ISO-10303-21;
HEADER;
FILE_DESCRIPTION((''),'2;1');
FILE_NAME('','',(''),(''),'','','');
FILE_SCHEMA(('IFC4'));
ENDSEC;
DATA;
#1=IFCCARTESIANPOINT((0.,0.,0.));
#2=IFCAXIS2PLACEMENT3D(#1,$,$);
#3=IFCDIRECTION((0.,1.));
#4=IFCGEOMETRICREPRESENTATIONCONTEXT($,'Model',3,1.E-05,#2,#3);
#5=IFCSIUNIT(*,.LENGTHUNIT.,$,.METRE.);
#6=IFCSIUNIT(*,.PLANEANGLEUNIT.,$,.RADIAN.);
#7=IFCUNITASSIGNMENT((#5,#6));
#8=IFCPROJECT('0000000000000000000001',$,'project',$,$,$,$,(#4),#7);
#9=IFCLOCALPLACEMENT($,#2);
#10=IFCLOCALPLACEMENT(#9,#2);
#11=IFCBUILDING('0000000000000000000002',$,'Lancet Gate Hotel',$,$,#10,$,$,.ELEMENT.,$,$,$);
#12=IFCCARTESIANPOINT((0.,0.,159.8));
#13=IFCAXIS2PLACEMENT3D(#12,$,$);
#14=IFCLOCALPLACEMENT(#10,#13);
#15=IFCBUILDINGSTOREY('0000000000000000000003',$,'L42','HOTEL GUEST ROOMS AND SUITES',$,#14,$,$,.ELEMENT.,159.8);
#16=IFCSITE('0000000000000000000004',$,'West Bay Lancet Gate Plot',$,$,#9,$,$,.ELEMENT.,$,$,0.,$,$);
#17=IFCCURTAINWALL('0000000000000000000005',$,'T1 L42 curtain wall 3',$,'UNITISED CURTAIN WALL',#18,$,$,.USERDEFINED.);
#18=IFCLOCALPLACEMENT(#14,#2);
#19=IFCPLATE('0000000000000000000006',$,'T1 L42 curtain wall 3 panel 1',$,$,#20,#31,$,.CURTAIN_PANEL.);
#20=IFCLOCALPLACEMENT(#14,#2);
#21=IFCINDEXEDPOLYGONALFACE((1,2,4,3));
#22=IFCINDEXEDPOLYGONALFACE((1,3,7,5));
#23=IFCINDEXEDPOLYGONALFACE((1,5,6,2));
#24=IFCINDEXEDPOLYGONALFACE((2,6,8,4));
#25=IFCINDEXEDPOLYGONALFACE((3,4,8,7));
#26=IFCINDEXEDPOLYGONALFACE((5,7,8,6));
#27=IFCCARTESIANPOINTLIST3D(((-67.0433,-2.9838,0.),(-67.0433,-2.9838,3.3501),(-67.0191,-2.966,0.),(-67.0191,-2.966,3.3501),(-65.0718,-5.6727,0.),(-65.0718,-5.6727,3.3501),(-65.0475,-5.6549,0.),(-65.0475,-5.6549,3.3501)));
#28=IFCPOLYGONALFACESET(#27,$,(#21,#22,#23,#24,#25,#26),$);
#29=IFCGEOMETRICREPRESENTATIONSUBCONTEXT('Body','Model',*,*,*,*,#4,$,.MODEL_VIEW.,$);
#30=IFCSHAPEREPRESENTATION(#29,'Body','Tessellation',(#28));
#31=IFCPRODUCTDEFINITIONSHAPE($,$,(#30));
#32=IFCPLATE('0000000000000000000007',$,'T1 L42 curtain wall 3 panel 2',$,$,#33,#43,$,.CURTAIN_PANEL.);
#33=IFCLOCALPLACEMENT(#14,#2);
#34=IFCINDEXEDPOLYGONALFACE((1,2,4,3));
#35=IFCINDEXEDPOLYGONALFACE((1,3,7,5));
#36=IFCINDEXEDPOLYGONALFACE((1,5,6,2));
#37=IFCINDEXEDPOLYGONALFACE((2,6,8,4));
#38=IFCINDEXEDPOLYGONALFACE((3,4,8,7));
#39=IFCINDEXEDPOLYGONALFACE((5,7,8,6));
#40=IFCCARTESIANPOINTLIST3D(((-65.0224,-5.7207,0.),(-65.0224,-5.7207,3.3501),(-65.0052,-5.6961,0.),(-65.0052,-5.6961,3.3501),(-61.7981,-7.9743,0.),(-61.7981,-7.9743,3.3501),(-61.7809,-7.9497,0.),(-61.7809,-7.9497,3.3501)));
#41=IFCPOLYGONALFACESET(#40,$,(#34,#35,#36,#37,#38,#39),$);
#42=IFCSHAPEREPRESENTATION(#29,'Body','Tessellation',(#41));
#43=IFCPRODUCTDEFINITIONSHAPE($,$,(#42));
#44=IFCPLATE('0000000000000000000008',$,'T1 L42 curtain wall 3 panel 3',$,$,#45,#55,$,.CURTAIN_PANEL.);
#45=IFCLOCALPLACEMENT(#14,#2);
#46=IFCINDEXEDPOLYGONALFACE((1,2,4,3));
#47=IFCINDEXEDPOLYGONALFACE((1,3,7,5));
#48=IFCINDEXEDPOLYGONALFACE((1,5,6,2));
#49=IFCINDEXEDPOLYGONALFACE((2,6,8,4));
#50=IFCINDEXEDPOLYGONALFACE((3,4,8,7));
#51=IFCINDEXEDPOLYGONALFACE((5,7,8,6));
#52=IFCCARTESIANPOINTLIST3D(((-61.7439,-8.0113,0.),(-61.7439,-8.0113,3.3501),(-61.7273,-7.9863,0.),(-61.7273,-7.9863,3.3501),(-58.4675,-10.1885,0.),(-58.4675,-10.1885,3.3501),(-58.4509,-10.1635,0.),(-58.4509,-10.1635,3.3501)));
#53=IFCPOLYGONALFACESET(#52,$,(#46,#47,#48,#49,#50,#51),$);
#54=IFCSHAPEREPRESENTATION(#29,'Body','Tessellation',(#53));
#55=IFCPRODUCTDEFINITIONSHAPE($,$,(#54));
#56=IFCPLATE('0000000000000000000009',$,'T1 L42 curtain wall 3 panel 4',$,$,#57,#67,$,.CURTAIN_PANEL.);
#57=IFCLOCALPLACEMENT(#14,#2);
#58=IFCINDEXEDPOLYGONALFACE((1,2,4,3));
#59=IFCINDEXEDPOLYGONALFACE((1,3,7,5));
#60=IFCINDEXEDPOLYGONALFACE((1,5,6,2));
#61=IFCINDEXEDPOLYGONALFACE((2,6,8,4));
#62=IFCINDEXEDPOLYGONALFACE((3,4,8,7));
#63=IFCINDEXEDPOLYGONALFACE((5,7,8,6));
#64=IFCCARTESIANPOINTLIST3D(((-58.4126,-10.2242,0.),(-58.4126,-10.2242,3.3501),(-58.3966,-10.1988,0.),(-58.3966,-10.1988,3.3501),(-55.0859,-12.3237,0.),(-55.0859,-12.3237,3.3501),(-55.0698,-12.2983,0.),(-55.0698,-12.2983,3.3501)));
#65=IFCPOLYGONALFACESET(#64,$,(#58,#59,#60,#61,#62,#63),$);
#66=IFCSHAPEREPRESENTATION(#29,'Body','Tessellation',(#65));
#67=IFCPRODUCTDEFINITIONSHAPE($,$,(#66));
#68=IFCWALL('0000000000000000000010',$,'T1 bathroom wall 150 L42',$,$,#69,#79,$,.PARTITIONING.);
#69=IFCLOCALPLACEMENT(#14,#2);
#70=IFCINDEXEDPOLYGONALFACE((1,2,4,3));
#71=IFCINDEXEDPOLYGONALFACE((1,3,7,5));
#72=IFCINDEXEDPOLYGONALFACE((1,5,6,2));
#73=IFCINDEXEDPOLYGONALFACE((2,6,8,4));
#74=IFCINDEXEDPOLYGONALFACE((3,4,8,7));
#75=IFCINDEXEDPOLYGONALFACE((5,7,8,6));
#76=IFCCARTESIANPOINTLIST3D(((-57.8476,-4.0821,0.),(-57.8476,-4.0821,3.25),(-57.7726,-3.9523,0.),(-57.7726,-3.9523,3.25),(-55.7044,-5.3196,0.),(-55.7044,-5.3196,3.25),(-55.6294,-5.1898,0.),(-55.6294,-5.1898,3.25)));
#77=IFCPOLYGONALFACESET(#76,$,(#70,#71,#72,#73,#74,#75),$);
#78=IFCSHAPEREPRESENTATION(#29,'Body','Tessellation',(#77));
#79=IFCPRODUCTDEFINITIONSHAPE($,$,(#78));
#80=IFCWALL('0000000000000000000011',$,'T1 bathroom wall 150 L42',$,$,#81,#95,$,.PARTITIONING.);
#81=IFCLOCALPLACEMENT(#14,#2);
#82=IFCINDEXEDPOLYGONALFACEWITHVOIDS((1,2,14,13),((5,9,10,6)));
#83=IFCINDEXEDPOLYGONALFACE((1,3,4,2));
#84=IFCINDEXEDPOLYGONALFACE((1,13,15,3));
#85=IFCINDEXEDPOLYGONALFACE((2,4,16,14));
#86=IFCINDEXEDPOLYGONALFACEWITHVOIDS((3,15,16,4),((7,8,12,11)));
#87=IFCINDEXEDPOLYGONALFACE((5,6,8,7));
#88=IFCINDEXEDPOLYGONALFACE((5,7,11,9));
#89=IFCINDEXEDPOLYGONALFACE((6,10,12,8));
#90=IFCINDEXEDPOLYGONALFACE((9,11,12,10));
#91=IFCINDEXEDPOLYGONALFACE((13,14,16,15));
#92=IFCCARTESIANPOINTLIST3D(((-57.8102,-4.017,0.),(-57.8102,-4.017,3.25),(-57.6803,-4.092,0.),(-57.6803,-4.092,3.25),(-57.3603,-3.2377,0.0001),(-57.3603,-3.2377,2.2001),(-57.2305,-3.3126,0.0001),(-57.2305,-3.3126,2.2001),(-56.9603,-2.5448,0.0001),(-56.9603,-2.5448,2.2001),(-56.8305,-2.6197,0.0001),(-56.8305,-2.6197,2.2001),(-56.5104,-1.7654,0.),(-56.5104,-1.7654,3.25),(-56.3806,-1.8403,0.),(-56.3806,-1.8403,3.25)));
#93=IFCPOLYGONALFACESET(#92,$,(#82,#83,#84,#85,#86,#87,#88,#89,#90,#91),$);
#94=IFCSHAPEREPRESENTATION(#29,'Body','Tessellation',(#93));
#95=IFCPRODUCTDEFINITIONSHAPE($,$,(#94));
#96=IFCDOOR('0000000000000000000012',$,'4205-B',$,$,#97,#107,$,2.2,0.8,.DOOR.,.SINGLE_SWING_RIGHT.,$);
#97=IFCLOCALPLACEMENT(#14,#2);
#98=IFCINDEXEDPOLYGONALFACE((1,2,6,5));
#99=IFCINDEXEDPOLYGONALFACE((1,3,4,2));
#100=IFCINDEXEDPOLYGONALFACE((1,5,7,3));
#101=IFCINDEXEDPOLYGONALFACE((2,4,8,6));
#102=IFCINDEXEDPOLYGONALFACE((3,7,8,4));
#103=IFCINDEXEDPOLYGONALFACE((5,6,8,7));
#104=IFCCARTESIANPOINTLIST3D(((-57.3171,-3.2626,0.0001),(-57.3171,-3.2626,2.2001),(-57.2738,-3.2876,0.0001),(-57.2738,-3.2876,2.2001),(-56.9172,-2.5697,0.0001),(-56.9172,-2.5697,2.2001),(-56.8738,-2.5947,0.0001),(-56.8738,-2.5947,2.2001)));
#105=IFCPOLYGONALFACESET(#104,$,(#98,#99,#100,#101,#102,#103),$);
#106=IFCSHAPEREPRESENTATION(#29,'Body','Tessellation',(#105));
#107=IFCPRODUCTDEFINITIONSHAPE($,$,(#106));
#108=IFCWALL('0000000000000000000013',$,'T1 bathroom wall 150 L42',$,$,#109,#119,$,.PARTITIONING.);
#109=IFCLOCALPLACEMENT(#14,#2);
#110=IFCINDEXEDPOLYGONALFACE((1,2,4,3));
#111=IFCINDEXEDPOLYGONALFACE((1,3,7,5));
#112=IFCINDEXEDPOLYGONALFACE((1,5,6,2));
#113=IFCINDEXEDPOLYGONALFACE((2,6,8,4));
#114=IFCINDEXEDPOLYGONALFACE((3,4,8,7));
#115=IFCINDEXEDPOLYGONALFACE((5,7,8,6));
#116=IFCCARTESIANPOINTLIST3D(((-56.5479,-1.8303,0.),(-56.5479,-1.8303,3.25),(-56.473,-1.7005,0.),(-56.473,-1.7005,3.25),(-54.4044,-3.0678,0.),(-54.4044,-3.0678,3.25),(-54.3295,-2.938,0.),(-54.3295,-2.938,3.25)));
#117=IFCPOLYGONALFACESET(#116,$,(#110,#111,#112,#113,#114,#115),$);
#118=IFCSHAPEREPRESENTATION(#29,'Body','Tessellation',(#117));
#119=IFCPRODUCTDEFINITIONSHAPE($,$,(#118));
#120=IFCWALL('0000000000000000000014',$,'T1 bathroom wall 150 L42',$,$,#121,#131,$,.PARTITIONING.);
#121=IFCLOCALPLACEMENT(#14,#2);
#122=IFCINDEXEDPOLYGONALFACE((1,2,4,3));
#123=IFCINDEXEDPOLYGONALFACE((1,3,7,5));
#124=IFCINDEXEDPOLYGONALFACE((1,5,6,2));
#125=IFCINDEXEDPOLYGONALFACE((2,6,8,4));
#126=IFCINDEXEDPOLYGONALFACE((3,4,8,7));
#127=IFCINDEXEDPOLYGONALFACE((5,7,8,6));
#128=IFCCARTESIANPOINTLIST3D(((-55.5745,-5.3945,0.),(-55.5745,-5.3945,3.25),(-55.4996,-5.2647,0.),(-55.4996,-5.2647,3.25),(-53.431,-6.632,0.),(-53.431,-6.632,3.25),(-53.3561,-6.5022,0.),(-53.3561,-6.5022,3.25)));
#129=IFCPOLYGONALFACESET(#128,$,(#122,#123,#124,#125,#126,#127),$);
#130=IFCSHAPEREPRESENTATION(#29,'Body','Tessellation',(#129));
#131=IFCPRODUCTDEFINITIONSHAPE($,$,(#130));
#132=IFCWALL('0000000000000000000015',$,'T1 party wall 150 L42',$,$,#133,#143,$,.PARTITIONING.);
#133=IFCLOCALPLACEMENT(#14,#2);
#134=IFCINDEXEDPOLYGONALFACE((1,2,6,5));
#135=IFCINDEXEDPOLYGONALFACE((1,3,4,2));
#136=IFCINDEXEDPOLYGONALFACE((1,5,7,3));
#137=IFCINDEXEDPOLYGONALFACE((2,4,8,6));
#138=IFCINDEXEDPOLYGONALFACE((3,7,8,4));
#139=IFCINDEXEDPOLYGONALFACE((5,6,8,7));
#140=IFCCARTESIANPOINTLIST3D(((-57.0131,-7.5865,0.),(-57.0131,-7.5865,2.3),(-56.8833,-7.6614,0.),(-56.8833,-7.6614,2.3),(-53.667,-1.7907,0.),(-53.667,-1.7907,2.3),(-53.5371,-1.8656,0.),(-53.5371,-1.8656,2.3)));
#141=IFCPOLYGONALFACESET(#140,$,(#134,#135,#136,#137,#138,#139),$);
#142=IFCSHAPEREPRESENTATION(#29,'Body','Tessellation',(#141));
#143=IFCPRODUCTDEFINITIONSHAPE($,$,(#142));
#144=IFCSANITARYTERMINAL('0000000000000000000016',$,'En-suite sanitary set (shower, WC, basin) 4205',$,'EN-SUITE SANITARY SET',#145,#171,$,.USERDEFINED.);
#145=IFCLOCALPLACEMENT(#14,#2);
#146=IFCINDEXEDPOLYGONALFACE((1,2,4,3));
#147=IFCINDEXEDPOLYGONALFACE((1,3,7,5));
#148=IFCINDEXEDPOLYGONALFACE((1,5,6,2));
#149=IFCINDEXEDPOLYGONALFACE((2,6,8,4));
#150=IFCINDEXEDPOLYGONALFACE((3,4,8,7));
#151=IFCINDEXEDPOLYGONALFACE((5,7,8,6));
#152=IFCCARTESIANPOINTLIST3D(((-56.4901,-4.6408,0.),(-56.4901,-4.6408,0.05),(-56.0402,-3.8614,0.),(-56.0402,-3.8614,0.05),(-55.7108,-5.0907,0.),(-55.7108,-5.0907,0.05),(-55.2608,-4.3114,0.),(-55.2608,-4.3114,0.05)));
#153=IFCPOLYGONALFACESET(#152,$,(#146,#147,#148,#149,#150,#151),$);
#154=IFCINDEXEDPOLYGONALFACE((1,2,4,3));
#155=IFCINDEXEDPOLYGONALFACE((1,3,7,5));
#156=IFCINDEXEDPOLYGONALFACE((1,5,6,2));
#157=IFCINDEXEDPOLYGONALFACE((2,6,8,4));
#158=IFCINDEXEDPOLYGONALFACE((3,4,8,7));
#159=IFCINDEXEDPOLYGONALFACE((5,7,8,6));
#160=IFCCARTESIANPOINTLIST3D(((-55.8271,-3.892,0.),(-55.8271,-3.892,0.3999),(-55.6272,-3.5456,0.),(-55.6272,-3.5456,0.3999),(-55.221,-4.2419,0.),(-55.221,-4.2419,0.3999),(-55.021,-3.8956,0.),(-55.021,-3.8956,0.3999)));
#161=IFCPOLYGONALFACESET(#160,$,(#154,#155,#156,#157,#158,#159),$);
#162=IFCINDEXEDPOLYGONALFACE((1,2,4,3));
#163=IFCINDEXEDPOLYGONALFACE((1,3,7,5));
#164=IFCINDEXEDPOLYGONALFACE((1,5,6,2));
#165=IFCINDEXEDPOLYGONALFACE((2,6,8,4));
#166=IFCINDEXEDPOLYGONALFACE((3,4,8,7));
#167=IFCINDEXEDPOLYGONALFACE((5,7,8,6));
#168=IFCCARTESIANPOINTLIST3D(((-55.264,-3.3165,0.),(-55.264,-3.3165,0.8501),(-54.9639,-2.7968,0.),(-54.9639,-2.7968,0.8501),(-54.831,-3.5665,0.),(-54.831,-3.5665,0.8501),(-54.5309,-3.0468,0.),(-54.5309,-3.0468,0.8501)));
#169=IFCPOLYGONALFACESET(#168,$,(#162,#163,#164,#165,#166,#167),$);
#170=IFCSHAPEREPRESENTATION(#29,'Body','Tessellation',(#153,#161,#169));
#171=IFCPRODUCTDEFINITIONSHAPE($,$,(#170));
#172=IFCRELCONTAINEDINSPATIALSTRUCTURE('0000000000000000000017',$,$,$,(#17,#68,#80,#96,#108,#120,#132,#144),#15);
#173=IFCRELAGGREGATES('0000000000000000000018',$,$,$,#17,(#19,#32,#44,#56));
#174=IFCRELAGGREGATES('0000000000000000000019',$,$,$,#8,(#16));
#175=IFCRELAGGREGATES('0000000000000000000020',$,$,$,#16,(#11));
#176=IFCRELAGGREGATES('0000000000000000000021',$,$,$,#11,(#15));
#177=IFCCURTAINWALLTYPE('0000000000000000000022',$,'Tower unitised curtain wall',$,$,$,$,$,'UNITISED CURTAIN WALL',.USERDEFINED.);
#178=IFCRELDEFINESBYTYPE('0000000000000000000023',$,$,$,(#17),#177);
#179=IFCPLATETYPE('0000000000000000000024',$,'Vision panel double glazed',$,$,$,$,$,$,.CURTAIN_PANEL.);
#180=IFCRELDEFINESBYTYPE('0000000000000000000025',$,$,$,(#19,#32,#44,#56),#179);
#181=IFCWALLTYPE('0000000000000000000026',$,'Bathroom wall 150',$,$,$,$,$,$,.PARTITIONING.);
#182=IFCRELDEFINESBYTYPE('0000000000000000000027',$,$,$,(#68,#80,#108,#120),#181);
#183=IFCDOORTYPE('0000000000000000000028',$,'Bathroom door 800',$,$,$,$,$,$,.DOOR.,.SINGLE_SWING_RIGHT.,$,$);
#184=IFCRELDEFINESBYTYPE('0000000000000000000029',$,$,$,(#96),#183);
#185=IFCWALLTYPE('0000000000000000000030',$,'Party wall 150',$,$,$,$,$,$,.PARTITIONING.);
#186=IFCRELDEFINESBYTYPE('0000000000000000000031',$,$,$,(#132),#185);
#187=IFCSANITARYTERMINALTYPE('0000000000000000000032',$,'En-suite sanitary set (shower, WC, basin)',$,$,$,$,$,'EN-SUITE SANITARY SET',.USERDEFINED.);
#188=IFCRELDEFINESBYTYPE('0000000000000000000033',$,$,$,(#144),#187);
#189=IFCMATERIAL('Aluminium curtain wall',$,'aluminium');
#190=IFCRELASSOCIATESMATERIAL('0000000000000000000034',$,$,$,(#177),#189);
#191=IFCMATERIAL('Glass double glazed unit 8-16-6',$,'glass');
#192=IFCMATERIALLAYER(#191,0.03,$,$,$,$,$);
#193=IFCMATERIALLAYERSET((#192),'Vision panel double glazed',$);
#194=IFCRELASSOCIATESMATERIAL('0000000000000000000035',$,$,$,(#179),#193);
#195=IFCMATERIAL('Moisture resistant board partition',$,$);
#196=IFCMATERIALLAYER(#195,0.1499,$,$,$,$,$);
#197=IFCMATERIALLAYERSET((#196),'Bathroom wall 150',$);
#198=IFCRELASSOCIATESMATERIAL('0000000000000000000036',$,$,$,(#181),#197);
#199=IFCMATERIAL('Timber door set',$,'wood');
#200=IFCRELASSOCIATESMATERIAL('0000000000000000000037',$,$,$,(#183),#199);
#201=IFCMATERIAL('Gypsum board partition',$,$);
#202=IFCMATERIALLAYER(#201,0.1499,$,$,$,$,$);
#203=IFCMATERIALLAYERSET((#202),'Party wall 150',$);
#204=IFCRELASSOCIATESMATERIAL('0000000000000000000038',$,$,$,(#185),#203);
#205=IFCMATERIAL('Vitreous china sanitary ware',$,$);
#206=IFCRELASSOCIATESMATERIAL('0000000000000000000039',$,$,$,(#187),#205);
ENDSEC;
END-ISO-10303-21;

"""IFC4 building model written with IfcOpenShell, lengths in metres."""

from ifc_helpers import new_model, si_unit, direction, frame, frame_2d, origin, origin_2d, place, context, subcontext, project, spatial, rectangle, extrude, material, layer, layer_set, type_object, element, fill, aggregate, save


model = new_model("IFC4")

# Units and contexts
model_context = context("Model", 3, precision=1e-05, world=origin(), true_north=direction((0.0, 1.0)))
body_context = subcontext(model_context, "Body", "Model", "MODEL_VIEW")
ifc_project = project(units=[si_unit("LENGTHUNIT", "METRE"), si_unit("PLANEANGLEUNIT", "RADIAN")], contexts=[model_context])

# Site, building, storey
site_placement = place(None, origin())
site = spatial("IfcSite", under=ifc_project, at=site_placement, Name="West Bay Lancet Gate Plot", CompositionType="ELEMENT", RefElevation=0.0)
building_placement = place(site_placement, origin())
building = spatial("IfcBuilding", under=site, at=building_placement, Name="Lancet Gate Hotel", CompositionType="ELEMENT")
storey_placement = place(building_placement, frame((0.0, 0.0, 159.8)))
storey = spatial("IfcBuildingStorey", under=building, at=storey_placement, Name="L42", Description="HOTEL GUEST ROOMS AND SUITES", CompositionType="ELEMENT", Elevation=159.8)

# Shared definitions
ifc_material_1 = material(Name="Aluminium curtain wall", Category="aluminium")
curtain_wall_type = type_object("IfcCurtainWallType", Name="Tower unitised curtain wall", ElementType="UNITISED CURTAIN WALL", PredefinedType="USERDEFINED", material=ifc_material_1)

# Curtain wall
curtain_wall_1_placement = place(storey_placement, origin())
curtain_wall_1 = element("IfcCurtainWall", 1, at=curtain_wall_1_placement, inside=storey, type_object=curtain_wall_type, Name="T1 L42 curtain wall 3", ObjectType="UNITISED CURTAIN WALL", PredefinedType="USERDEFINED")

# Plates
ifc_material_2 = material(Name="Glass double glazed unit 8-16-6", Category="glass")
ifc_layer_1 = layer(ifc_material_2, 0.03)
ifc_layer_set_1 = layer_set([ifc_layer_1], Name="Vision panel double glazed")
plate_type = type_object("IfcPlateType", Name="Vision panel double glazed", PredefinedType="CURTAIN_PANEL", material=ifc_layer_set_1)
plate_1_placement = place(storey_placement, frame((-66.0454, -4.3193, 0.0), z_axis=(0.0, 0.0, 1.0), x_axis=(0.5913, -0.806452, 0.0)))
plate_1 = element("IfcPlate", 2, at=plate_1_placement, type_object=plate_type, Name="T1 L42 curtain wall 3 panel 1", PredefinedType="CURTAIN_PANEL", context=body_context, shape_type="SweptSolid", body=[
    extrude(rectangle(XDim=3.3342, YDim=0.03, at=origin_2d()), origin(), (0.0, 0.0, 1.0), 3.3501),
])
plate_2_placement = place(storey_placement, frame((-63.4016, -6.8352, 0.0), z_axis=(0.0, 0.0, 1.0), x_axis=(0.819631, -0.572892, 0.0)))
plate_2 = element("IfcPlate", 3, at=plate_2_placement, type_object=plate_type, Name="T1 L42 curtain wall 3 panel 2", PredefinedType="CURTAIN_PANEL", context=body_context, shape_type="SweptSolid", body=[
    extrude(rectangle(XDim=3.9338, YDim=0.03, at=origin_2d()), origin(), (0.0, 0.0, 1.0), 3.3501),
])
plate_3_placement = place(storey_placement, frame((-60.0974, -9.0874, 0.0), z_axis=(0.0, 0.0, 1.0), x_axis=(0.832879, -0.553455, 0.0)))
plate_3 = element("IfcPlate", 4, at=plate_3_placement, type_object=plate_type, Name="T1 L42 curtain wall 3 panel 3", PredefinedType="CURTAIN_PANEL", context=body_context, shape_type="SweptSolid", body=[
    extrude(rectangle(XDim=3.9338, YDim=0.03, at=origin_2d()), origin(), (0.0, 0.0, 1.0), 3.3501),
])
plate_4_placement = place(storey_placement, frame((-56.7412, -11.2612, 0.0), z_axis=(0.0, 0.0, 1.0), x_axis=(0.845667, -0.533711, 0.0)))
plate_4 = element("IfcPlate", 5, at=plate_4_placement, type_object=plate_type, Name="T1 L42 curtain wall 3 panel 4", PredefinedType="CURTAIN_PANEL", context=body_context, shape_type="SweptSolid", body=[
    extrude(rectangle(XDim=3.9338, YDim=0.03, at=origin_2d()), origin(), (0.0, 0.0, 1.0), 3.3501),
])
aggregate(curtain_wall_1, [plate_1, plate_2, plate_3, plate_4])

# Wall
ifc_material_3 = material(Name="Moisture resistant board partition")
ifc_layer_2 = layer(ifc_material_3, 0.1499)
ifc_layer_set_2 = layer_set([ifc_layer_2], Name="Bathroom wall 150")
wall_type_1 = type_object("IfcWallType", Name="Bathroom wall 150", PredefinedType="PARTITIONING", material=ifc_layer_set_2)
wall_1_placement = place(storey_placement, frame((-55.667, -5.2546, 0.0), z_axis=(0.0, 0.0, 1.0), x_axis=(-0.866007, 0.500033, 0.0)))
element("IfcWall", 6, at=wall_1_placement, inside=storey, type_object=wall_type_1, Name="T1 bathroom wall 150 L42", PredefinedType="PARTITIONING", context=body_context, shape_type="SweptSolid", body=[
    extrude(rectangle(XDim=2.4749, YDim=0.1499, at=frame_2d((1.2373, 0.0))), origin(), (0.0, 0.0, 1.0), 3.25),
])

# Wall, opening, door
wall_2_placement = place(storey_placement, frame((-56.4456, -1.803, 0.0), z_axis=(0.0, 0.0, 1.0), x_axis=(-0.499937, -0.866062, 0.0)))
wall_2 = element("IfcWall", 7, at=wall_2_placement, inside=storey, type_object=wall_type_1, Name="T1 bathroom wall 150 L42", PredefinedType="PARTITIONING", context=body_context, shape_type="SweptSolid", body=[
    extrude(rectangle(XDim=2.5999, YDim=0.1499, at=frame_2d((1.2998, 0.0))), origin(), (0.0, 0.0, 1.0), 3.25),
])
opening_placement = place(wall_2_placement, frame((0.8999, 0.0, 0.0)))
opening = element("IfcOpeningElement", 8, at=opening_placement, cuts=wall_2, PredefinedType="OPENING", context=body_context, shape_type="SweptSolid", body=[
    extrude(rectangle(XDim=0.8, YDim=2.2, at=frame_2d((0.3999, 1.1001))), frame((0.0, 0.085, 0.0), z_axis=(0.0, -1.0, 0.0), x_axis=(1.0, 0.0, 0.0)), (0.0, 0.0, 1.0), 0.1699),
])
ifc_material_4 = material(Name="Timber door set", Category="wood")
door_type = type_object("IfcDoorType", Name="Bathroom door 800", OperationType="SINGLE_SWING_RIGHT", PredefinedType="DOOR", material=ifc_material_4)
door_placement = place(opening_placement, origin())
door = element("IfcDoor", 9, at=door_placement, inside=storey, type_object=door_type, Name="4205-B", OperationType="SINGLE_SWING_RIGHT", OverallHeight=2.2, OverallWidth=0.8, PredefinedType="DOOR", context=body_context, shape_type="SweptSolid", body=[
    extrude(rectangle(XDim=0.8, YDim=2.2, at=frame_2d((0.3999, 1.1001))), frame((0.0, 0.0249, 0.0), z_axis=(0.0, -1.0, 0.0), x_axis=(1.0, 0.0, 0.0)), (0.0, 0.0, 1.0), 0.05),
])
fill(opening, door)

# Walls
for number, where, z_axis, x_axis, name in (
    (10, (-54.3669, -3.0029, 0.0), (0.0, 0.0, 1.0), (-0.866031, 0.49999, 0.0), "T1 bathroom wall 150 L42"),
    (11, (-53.3936, -6.5671, 0.0), (0.0, 0.0, 1.0), (-0.866031, 0.49999, 0.0), "T1 bathroom wall 150 L42"),
):
    element("IfcWall", number, at=place(storey_placement, frame(where, z_axis=z_axis, x_axis=x_axis)), inside=storey, type_object=wall_type_1, Name=name, PredefinedType="PARTITIONING", context=body_context, shape_type="SweptSolid", body=[
        extrude(rectangle(XDim=2.4751, YDim=0.1499, at=frame_2d((1.2375, 0.0))), origin(), (0.0, 0.0, 1.0), 3.25),
    ])
ifc_material_5 = material(Name="Gypsum board partition")
ifc_layer_3 = layer(ifc_material_5, 0.1499)
ifc_layer_set_3 = layer_set([ifc_layer_3], Name="Party wall 150")
wall_type_2 = type_object("IfcWallType", Name="Party wall 150", PredefinedType="PARTITIONING", material=ifc_layer_set_3)
wall_3_placement = place(storey_placement, frame((-53.6021, -1.8281, 0.0), z_axis=(0.0, 0.0, 1.0), x_axis=(-0.499992, -0.86603, 0.0)))
element("IfcWall", 12, at=wall_3_placement, inside=storey, type_object=wall_type_2, Name="T1 party wall 150 L42", PredefinedType="PARTITIONING", context=body_context, shape_type="SweptSolid", body=[
    extrude(rectangle(XDim=6.6924, YDim=0.1499, at=frame_2d((3.3462, 0.0))), origin(), (0.0, 0.0, 1.0), 2.3),
])

# Sanitary terminal
ifc_material_6 = material(Name="Vitreous china sanitary ware")
sanitary_terminal_type = type_object("IfcSanitaryTerminalType", Name="En-suite sanitary set (shower, WC, basin)", ElementType="EN-SUITE SANITARY SET", PredefinedType="USERDEFINED", material=ifc_material_6)
sanitary_terminal_1_placement = place(storey_placement, frame((-55.8755, -4.4761, 0.0), z_axis=(0.0, 0.0, 1.0), x_axis=(1.0, 0.0, 0.0)))
element("IfcSanitaryTerminal", 13, at=sanitary_terminal_1_placement, inside=storey, type_object=sanitary_terminal_type, Name="En-suite sanitary set (shower, WC, basin) 4205", ObjectType="EN-SUITE SANITARY SET", PredefinedType="USERDEFINED", context=body_context, shape_type="SweptSolid", body=[
    extrude(rectangle(XDim=0.8999, YDim=0.8999, at=origin_2d()), frame((0.0, 0.0, 0.0), z_axis=(0.0, 0.0, 1.0), x_axis=(-0.5, -0.866025, 0.0)), (0.0, 0.0, 1.0), 0.05),
    extrude(rectangle(XDim=0.3999, YDim=0.7, at=origin_2d()), frame((0.4514, 0.5823, 0.0), z_axis=(0.0, 0.0, 1.0), x_axis=(-0.5, -0.866025, 0.0)), (0.0, 0.0, 1.0), 0.3999),
    extrude(rectangle(XDim=0.6001, YDim=0.5, at=origin_2d()), frame((0.978, 1.2944, 0.0), z_axis=(0.0, 0.0, 1.0), x_axis=(-0.5, -0.866025, 0.0)), (0.0, 0.0, 1.0), 0.8501),
])

save(model, "model.ifc")
